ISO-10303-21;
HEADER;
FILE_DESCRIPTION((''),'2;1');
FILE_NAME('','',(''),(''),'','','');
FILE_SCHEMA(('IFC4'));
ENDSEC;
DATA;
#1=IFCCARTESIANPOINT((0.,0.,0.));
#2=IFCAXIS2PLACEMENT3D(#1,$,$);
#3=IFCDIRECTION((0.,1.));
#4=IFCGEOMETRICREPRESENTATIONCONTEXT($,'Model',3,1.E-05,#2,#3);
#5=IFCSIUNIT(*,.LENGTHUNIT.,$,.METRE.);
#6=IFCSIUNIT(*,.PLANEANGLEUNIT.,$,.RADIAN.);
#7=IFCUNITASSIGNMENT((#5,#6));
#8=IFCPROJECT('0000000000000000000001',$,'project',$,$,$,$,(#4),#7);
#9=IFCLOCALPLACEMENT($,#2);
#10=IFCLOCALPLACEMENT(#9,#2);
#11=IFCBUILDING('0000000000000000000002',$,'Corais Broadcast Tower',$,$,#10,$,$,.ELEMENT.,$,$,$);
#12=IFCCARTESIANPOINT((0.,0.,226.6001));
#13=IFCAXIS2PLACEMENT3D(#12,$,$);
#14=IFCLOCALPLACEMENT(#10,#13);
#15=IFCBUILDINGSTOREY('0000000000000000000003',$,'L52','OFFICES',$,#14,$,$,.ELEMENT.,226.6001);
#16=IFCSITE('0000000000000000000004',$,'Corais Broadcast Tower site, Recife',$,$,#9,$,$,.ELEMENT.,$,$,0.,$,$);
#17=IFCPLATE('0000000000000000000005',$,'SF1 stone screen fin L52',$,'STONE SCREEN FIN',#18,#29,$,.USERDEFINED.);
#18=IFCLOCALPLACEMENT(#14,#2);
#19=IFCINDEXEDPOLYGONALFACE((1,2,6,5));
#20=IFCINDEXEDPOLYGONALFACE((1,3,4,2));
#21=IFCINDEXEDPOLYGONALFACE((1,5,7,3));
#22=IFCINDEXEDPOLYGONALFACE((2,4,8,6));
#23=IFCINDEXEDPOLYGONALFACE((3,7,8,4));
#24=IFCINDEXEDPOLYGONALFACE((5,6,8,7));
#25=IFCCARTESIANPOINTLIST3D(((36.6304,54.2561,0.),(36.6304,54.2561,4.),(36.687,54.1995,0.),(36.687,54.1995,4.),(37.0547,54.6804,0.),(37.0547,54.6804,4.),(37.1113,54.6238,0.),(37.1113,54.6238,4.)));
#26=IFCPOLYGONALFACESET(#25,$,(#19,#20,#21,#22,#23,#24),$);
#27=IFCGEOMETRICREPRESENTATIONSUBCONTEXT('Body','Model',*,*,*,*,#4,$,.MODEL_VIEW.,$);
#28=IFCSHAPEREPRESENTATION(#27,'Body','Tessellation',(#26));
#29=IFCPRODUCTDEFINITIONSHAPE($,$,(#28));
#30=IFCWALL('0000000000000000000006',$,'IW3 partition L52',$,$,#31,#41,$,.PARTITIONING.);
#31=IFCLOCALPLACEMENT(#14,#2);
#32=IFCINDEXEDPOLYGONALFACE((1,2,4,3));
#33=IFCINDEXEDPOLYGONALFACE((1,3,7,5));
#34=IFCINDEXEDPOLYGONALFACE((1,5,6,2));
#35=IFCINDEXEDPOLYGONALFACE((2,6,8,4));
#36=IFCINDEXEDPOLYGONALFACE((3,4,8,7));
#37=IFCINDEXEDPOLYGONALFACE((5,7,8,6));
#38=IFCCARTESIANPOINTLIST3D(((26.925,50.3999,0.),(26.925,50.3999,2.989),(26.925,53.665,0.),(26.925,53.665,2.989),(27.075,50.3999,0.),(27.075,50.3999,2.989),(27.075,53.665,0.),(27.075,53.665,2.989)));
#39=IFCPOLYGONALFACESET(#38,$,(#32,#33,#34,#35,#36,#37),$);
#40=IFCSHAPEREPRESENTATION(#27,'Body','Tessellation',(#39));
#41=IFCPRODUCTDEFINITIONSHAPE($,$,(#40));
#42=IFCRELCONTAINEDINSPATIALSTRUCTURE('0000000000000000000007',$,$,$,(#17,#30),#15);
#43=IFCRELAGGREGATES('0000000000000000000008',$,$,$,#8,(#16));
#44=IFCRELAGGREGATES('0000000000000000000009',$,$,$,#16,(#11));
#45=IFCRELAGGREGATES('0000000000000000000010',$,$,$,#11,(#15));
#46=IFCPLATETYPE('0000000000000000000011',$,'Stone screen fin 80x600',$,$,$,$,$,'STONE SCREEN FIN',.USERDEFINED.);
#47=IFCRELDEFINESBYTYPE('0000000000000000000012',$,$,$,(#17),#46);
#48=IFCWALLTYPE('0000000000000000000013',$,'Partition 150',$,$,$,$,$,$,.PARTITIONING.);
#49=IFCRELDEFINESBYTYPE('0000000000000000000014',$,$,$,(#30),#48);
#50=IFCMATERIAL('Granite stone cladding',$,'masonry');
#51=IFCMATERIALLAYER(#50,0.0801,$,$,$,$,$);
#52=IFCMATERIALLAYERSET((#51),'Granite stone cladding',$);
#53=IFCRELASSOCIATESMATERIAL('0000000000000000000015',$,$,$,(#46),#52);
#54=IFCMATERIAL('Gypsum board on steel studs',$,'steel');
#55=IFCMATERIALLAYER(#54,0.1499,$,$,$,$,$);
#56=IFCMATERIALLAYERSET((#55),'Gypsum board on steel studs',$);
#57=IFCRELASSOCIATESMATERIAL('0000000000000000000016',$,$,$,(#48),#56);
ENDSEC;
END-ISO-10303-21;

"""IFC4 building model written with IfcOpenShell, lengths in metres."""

from ifc_helpers import new_model, si_unit, direction, frame, frame_2d, origin, origin_2d, place, context, subcontext, project, spatial, rectangle, extrude, material, layer, layer_set, type_object, element, save


model = new_model("IFC4")

# Units and contexts
model_context = context("Model", 3, precision=1e-05, world=origin(), true_north=direction((0.0, 1.0)))
body_context = subcontext(model_context, "Body", "Model", "MODEL_VIEW")
ifc_project = project(units=[si_unit("LENGTHUNIT", "METRE"), si_unit("PLANEANGLEUNIT", "RADIAN")], contexts=[model_context])

# Site, building, storey
site_placement = place(None, origin())
site = spatial("IfcSite", under=ifc_project, at=site_placement, Name="Corais Broadcast Tower site, Recife", CompositionType="ELEMENT", RefElevation=0.0)
building_placement = place(site_placement, origin())
building = spatial("IfcBuilding", under=site, at=building_placement, Name="Corais Broadcast Tower", CompositionType="ELEMENT")
storey_placement = place(building_placement, frame((0.0, 0.0, 226.6001)))
storey = spatial("IfcBuildingStorey", under=building, at=storey_placement, Name="L52", Description="OFFICES", CompositionType="ELEMENT", Elevation=226.6001)

# Plate
ifc_material_1 = material(Name="Granite stone cladding", Category="masonry")
ifc_layer_1 = layer(ifc_material_1, 0.0801)
ifc_layer_set_1 = layer_set([ifc_layer_1], Name="Granite stone cladding")
plate_type_1 = type_object("IfcPlateType", Name="Stone screen fin 80x600", ElementType="STONE SCREEN FIN", PredefinedType="USERDEFINED", material=ifc_layer_set_1)
plate_1_placement = place(storey_placement, frame((36.8708, 54.4399, 0.0), z_axis=(0.0, 0.0, 1.0), x_axis=(0.707107, -0.707107, 0.0)))
element("IfcPlate", 1, at=plate_1_placement, inside=storey, type_object=plate_type_1, Name="SF1 stone screen fin L52", ObjectType="STONE SCREEN FIN", PredefinedType="USERDEFINED", context=body_context, shape_type="SweptSolid", body=[
    extrude(rectangle(XDim=0.0801, YDim=0.6001, at=origin_2d()), origin(), (0.0, 0.0, 1.0), 4.0),
])

# Wall
ifc_material_2 = material(Name="Gypsum board on steel studs", Category="steel")
ifc_layer_2 = layer(ifc_material_2, 0.1499)
ifc_layer_set_2 = layer_set([ifc_layer_2], Name="Gypsum board on steel studs")
wall_type = type_object("IfcWallType", Name="Partition 150", PredefinedType="PARTITIONING", material=ifc_layer_set_2)
wall_placement = place(storey_placement, frame((27.0, 53.665, 0.0), z_axis=(0.0, 0.0, 1.0), x_axis=(0.0, -1.0, 0.0)))
element("IfcWall", 2, at=wall_placement, inside=storey, type_object=wall_type, Name="IW3 partition L52", PredefinedType="PARTITIONING", context=body_context, shape_type="SweptSolid", body=[
    extrude(rectangle(XDim=3.2651, YDim=0.1499, at=frame_2d((1.6326, 0.0))), origin(), (0.0, 0.0, 1.0), 2.989),
])

save(model, "model.ifc")
